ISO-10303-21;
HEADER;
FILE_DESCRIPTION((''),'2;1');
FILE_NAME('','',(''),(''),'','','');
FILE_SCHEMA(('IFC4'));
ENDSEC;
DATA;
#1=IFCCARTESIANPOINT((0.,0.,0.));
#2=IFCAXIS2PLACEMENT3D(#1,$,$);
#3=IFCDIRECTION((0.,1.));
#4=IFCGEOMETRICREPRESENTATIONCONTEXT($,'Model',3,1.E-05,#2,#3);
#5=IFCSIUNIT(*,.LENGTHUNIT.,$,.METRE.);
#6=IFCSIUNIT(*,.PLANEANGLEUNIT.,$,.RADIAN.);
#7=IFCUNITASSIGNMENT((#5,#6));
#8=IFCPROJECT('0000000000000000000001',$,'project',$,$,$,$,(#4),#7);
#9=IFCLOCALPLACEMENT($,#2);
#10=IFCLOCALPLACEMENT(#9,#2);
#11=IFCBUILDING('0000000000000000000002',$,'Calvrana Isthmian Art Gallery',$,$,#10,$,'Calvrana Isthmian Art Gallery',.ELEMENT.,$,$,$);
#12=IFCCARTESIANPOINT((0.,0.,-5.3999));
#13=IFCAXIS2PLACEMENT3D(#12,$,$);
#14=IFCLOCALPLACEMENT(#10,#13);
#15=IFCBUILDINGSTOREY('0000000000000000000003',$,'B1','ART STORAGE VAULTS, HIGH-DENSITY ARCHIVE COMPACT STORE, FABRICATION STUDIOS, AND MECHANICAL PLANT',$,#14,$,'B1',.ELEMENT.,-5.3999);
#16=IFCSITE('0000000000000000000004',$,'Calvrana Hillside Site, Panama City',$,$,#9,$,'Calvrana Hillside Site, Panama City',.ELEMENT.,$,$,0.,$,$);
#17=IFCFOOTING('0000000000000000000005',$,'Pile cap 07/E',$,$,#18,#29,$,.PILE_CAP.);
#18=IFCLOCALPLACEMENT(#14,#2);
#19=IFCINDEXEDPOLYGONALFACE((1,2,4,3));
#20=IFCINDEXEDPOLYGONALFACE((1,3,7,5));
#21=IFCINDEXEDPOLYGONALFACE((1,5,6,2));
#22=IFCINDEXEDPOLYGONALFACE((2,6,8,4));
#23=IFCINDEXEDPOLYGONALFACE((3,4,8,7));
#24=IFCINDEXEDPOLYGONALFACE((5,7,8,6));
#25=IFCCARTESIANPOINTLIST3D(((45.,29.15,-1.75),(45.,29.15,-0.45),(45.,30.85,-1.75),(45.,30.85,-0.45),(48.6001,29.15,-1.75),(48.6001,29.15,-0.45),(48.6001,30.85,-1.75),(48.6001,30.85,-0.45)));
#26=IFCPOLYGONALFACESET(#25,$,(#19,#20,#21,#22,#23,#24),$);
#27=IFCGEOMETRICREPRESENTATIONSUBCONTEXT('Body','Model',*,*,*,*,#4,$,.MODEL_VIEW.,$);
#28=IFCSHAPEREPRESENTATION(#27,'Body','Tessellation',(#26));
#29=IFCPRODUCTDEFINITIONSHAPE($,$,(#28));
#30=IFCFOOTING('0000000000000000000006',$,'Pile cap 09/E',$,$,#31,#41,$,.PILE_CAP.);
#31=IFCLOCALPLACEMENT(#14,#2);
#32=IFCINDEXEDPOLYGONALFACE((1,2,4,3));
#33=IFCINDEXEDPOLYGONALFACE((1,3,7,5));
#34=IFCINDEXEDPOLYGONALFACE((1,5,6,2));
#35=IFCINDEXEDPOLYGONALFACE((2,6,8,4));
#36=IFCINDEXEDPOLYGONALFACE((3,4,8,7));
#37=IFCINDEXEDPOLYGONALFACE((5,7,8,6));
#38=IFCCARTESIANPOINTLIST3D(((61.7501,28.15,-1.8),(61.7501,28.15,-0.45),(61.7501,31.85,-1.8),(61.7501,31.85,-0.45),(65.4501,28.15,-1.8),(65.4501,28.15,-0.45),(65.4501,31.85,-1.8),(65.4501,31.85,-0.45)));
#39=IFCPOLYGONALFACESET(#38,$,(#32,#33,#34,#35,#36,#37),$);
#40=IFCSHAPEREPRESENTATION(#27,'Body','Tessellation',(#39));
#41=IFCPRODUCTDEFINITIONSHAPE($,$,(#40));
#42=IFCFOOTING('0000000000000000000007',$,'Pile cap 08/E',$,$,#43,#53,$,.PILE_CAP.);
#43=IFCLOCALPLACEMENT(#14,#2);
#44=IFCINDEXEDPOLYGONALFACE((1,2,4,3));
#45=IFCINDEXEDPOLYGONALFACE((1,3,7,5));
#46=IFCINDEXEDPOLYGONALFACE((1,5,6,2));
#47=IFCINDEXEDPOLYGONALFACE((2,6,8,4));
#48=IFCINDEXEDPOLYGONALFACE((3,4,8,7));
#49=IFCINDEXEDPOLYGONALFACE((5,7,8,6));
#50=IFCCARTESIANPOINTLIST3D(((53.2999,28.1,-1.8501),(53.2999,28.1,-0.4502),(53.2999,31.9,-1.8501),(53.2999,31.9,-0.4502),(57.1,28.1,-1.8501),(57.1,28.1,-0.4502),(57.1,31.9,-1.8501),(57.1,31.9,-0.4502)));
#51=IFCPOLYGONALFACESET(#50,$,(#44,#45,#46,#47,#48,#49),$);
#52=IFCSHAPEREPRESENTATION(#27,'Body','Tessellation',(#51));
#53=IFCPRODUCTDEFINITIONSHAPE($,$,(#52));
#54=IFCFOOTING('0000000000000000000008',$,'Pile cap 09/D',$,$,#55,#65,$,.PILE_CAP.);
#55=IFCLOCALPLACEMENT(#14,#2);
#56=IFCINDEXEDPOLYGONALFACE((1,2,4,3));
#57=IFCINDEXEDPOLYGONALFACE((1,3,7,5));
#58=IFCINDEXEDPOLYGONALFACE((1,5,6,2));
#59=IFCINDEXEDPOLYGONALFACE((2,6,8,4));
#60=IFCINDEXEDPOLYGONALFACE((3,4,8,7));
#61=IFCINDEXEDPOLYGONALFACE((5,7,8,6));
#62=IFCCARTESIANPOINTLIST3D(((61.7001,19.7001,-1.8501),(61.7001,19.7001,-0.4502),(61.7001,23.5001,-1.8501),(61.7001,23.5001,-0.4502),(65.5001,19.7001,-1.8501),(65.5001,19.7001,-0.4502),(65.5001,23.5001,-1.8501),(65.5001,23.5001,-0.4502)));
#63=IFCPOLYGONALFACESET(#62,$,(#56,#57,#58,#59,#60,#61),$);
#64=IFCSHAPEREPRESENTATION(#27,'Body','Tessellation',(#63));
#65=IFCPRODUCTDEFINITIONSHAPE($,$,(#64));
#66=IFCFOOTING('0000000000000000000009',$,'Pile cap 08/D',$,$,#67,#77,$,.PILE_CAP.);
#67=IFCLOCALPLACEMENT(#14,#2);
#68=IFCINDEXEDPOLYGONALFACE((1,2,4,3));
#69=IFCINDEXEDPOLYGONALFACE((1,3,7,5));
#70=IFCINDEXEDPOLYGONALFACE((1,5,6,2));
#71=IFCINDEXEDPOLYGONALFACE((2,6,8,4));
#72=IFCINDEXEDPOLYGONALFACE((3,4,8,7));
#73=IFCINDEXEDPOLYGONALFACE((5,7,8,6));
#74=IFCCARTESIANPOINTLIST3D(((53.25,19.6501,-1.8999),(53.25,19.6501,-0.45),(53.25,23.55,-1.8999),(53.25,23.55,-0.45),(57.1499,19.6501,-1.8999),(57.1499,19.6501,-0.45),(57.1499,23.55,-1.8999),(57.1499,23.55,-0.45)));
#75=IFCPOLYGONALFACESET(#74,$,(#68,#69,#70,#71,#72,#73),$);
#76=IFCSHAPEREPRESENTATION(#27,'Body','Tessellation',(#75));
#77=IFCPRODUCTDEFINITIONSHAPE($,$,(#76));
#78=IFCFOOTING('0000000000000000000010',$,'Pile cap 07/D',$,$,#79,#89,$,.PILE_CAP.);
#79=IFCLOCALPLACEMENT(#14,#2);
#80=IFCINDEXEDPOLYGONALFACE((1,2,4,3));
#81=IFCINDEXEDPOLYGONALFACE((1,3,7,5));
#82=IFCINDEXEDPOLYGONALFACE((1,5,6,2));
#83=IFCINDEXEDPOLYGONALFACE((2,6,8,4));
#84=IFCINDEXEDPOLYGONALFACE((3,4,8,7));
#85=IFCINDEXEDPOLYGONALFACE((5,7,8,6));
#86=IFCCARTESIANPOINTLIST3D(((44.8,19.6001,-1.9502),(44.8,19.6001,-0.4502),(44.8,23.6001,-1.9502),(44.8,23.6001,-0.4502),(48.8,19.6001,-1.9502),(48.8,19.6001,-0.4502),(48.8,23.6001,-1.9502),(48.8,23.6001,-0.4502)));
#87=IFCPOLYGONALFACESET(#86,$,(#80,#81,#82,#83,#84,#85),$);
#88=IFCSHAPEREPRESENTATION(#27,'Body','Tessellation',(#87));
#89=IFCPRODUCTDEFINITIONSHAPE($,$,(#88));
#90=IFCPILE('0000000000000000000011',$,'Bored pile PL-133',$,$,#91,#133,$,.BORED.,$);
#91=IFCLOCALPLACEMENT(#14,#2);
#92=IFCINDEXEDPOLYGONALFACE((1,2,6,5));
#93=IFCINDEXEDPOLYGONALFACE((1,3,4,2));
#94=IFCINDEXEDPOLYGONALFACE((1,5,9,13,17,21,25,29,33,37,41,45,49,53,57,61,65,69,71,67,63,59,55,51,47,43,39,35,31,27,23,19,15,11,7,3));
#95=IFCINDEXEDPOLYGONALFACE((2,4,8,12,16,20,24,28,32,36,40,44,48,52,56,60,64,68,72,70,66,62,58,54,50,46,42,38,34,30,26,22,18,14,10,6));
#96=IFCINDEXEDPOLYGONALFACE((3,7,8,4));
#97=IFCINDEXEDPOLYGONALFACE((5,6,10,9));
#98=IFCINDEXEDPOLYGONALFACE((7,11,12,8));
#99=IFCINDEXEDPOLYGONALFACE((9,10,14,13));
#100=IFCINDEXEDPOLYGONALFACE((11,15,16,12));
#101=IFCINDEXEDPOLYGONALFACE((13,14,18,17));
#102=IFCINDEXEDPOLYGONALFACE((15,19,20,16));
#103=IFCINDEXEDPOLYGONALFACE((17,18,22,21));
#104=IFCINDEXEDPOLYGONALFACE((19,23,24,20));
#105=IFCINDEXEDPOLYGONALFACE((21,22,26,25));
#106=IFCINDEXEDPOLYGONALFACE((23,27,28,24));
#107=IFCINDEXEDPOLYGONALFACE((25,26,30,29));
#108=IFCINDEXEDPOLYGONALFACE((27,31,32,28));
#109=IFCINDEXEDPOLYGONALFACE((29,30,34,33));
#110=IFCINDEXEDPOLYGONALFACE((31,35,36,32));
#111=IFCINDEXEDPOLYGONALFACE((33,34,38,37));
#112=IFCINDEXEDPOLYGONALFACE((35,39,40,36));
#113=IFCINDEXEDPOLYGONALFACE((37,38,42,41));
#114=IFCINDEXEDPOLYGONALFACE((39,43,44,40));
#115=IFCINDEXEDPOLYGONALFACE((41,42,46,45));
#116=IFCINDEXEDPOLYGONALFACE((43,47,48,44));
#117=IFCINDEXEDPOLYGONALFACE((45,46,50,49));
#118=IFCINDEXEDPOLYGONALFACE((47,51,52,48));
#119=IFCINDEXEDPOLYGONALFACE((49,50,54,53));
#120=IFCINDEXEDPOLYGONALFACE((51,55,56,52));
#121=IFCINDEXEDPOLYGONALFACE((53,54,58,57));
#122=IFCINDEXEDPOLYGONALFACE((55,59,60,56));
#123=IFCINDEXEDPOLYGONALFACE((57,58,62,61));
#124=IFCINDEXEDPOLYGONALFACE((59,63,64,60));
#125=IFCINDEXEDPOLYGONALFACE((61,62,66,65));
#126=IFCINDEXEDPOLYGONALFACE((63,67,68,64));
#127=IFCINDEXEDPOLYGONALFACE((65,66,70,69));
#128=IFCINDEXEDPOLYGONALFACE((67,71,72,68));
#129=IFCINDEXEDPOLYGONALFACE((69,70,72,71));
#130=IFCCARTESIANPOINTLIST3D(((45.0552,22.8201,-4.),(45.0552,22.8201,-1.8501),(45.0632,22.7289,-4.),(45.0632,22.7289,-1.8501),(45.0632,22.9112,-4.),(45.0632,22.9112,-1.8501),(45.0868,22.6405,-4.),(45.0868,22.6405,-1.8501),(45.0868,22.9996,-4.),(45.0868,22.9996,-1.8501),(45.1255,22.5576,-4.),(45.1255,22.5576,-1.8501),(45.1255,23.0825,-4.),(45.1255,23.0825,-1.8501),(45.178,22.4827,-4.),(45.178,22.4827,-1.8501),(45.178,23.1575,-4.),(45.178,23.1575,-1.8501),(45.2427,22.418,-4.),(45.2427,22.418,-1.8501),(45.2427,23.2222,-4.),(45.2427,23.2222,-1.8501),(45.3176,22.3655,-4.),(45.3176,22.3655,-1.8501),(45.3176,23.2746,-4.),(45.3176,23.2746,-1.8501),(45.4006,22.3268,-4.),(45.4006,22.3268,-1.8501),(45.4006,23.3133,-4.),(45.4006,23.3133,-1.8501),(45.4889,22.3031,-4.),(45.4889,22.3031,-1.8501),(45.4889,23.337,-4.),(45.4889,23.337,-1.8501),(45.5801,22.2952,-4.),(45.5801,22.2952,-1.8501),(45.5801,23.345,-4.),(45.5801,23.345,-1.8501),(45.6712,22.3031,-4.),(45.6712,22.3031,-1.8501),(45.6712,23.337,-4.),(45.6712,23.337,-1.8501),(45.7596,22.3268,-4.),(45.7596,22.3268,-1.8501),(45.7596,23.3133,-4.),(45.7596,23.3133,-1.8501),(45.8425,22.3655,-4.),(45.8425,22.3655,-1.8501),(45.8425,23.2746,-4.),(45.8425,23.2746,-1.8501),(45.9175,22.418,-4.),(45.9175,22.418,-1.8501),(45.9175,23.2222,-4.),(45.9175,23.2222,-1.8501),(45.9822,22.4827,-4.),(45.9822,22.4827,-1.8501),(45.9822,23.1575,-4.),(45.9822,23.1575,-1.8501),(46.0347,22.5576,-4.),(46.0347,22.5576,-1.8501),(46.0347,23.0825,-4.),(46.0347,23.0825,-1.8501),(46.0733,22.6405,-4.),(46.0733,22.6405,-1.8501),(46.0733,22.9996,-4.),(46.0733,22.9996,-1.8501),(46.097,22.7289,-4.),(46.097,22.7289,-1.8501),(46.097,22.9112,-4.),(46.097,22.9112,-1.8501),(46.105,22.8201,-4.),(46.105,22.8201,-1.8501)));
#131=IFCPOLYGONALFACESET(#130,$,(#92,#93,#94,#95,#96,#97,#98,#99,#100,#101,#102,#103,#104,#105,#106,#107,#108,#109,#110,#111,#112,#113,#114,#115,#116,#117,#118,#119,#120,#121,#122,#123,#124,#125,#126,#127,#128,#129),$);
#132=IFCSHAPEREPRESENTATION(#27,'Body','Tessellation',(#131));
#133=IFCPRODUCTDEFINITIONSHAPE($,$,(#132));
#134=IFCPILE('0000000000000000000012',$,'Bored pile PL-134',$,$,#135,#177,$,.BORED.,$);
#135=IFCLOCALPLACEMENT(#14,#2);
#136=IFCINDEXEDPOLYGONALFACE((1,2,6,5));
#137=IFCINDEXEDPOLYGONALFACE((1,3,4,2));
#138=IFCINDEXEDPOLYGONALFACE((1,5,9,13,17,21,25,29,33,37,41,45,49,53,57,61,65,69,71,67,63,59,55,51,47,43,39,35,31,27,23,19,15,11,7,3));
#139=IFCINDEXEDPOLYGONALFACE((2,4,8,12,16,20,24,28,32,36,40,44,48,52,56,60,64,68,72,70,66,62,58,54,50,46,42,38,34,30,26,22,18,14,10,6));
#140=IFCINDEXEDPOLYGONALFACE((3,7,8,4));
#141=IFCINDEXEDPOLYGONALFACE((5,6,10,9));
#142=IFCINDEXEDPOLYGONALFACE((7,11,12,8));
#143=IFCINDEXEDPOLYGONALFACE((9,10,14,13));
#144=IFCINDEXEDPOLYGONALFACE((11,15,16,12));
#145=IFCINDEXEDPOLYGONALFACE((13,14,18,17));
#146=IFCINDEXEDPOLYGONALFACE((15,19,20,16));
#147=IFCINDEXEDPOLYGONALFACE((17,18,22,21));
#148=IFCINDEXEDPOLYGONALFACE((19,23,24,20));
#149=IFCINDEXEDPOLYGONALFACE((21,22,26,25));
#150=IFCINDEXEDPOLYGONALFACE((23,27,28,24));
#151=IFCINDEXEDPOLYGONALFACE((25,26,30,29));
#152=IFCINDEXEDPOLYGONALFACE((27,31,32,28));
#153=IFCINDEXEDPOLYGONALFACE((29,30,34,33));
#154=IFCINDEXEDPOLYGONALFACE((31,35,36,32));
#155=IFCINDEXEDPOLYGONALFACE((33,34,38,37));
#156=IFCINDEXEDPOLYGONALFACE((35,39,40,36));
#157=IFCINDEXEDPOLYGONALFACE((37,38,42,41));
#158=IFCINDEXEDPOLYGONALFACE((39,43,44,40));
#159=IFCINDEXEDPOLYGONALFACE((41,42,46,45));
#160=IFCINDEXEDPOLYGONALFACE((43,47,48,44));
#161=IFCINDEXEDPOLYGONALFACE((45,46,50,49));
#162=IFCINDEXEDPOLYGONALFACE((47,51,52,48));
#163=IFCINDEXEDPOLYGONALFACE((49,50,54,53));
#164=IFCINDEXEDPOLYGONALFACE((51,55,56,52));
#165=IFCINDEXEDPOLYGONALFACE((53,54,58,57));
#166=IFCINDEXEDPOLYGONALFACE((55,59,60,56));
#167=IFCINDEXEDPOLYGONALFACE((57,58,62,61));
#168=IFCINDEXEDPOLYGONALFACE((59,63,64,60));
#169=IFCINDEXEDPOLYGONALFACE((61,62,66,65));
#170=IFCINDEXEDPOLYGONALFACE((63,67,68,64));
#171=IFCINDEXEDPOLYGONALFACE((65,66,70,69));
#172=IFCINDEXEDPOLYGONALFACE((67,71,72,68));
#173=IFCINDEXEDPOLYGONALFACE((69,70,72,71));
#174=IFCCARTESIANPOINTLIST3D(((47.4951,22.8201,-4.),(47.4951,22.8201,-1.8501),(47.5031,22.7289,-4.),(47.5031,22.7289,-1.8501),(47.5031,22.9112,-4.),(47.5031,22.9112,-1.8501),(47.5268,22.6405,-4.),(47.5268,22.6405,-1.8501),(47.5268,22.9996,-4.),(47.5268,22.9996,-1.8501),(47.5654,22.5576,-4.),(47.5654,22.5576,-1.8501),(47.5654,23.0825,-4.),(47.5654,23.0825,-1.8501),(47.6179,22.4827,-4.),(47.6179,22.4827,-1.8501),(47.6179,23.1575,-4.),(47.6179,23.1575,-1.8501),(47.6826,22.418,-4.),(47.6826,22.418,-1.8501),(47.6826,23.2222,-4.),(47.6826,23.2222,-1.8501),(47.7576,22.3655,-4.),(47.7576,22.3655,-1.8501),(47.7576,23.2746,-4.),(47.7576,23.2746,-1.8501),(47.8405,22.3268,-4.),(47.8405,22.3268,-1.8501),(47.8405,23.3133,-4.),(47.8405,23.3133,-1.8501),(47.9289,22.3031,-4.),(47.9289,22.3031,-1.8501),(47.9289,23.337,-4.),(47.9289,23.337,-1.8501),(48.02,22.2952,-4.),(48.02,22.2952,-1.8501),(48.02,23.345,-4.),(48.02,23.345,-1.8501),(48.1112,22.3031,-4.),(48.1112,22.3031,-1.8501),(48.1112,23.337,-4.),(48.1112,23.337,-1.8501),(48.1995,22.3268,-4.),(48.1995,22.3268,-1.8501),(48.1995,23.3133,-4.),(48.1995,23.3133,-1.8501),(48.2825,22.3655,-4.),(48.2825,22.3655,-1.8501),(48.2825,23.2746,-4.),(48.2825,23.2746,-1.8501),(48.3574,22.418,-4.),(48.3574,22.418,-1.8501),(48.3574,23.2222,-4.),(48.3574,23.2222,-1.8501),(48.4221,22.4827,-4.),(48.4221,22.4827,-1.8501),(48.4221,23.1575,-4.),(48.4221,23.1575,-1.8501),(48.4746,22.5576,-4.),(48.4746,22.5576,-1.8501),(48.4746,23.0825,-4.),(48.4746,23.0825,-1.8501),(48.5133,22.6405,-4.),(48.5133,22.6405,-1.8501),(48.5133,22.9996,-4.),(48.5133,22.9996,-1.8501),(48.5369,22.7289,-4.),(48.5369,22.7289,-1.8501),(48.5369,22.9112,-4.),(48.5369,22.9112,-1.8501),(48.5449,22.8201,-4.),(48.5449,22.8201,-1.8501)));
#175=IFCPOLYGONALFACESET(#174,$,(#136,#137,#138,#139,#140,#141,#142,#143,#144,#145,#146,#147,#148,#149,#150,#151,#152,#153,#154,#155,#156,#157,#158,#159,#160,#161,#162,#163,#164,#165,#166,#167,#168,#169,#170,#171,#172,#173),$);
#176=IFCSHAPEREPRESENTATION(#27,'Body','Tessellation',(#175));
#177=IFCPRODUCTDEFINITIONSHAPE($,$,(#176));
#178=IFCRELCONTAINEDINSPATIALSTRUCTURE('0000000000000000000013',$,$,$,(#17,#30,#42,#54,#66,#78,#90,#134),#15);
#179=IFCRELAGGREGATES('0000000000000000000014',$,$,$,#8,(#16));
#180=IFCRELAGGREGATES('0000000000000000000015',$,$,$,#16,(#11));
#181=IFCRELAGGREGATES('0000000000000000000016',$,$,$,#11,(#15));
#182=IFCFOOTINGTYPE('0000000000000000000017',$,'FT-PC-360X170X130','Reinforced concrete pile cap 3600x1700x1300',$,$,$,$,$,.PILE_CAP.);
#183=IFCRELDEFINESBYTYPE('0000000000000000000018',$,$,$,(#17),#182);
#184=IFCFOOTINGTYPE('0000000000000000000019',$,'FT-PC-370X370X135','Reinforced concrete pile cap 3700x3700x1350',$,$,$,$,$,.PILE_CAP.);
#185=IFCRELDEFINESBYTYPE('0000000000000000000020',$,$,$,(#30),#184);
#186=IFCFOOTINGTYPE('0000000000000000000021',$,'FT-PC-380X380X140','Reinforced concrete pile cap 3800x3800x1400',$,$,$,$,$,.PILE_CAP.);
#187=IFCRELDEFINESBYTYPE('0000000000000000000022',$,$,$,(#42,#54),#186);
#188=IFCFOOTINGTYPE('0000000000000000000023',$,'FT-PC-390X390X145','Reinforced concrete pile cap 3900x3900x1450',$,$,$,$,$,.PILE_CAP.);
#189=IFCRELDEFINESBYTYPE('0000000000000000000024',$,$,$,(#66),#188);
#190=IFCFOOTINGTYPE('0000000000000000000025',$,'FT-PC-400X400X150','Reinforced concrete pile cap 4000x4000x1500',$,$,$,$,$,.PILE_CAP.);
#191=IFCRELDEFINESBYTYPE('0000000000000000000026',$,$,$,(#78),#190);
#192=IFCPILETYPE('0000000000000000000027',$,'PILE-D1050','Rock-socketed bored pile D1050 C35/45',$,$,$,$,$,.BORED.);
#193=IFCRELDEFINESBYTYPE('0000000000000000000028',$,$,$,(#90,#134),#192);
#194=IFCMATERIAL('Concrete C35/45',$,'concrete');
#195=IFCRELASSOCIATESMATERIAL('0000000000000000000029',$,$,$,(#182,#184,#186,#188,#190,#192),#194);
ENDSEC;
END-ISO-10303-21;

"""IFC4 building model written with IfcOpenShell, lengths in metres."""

from ifc_helpers import new_model, si_unit, direction, frame, origin, origin_2d, place, context, subcontext, project, spatial, rectangle, circle, extrude, material, material_profile, profile_set, type_object, element, save


model = new_model("IFC4")

# Units and contexts
model_context = context("Model", 3, precision=1e-05, world=origin(), true_north=direction((0.0, 1.0)))
body_context = subcontext(model_context, "Body", "Model", "MODEL_VIEW")
ifc_project = project(units=[si_unit("LENGTHUNIT", "METRE"), si_unit("PLANEANGLEUNIT", "RADIAN")], contexts=[model_context])

# Site, building, storey
site_placement = place(None, origin())
site = spatial("IfcSite", under=ifc_project, at=site_placement, Name="Calvrana Hillside Site, Panama City", LongName="Calvrana Hillside Site, Panama City", CompositionType="ELEMENT", RefElevation=0.0)
building_placement = place(site_placement, origin())
building = spatial("IfcBuilding", under=site, at=building_placement, Name="Calvrana Isthmian Art Gallery", LongName="Calvrana Isthmian Art Gallery", CompositionType="ELEMENT")
storey_placement = place(building_placement, frame((0.0, 0.0, -5.3999)))
storey = spatial("IfcBuildingStorey", under=building, at=storey_placement, Name="B1", Description="ART STORAGE VAULTS, HIGH-DENSITY ARCHIVE COMPACT STORE, FABRICATION STUDIOS, AND MECHANICAL PLANT", LongName="B1", CompositionType="ELEMENT", Elevation=-5.3999)

# Footings
ifc_material_1 = material(Name="Concrete C35/45", Category="concrete")
footing_type_1 = type_object("IfcFootingType", Name="FT-PC-360X170X130", Description="Reinforced concrete pile cap 3600x1700x1300", PredefinedType="PILE_CAP", material=ifc_material_1)
footing_1_placement = place(storey_placement, frame((46.8, 30.0, -1.75), z_axis=(0.0, 0.0, 1.0), x_axis=(1.0, 0.0, 0.0)))
element("IfcFooting", 1, at=footing_1_placement, inside=storey, type_object=footing_type_1, Name="Pile cap 07/E", PredefinedType="PILE_CAP", context=body_context, shape_type="SweptSolid", body=[
    extrude(rectangle(XDim=3.6001, YDim=1.7, at=origin_2d()), origin(), (0.0, 0.0, 1.0), 1.3),
])
footing_type_2 = type_object("IfcFootingType", Name="FT-PC-370X370X135", Description="Reinforced concrete pile cap 3700x3700x1350", PredefinedType="PILE_CAP", material=ifc_material_1)
footing_2_placement = place(storey_placement, frame((63.6001, 30.0, -1.8), z_axis=(0.0, 0.0, 1.0), x_axis=(1.0, 0.0, 0.0)))
element("IfcFooting", 2, at=footing_2_placement, inside=storey, type_object=footing_type_2, Name="Pile cap 09/E", PredefinedType="PILE_CAP", context=body_context, shape_type="SweptSolid", body=[
    extrude(rectangle(XDim=3.7, YDim=3.7, at=origin_2d()), origin(), (0.0, 0.0, 1.0), 1.3501),
])
footing_type_3 = type_object("IfcFootingType", Name="FT-PC-380X380X140", Description="Reinforced concrete pile cap 3800x3800x1400", PredefinedType="PILE_CAP", material=ifc_material_1)
for number, where, z_axis, x_axis, name in (
    (3, (55.2, 30.0, -1.8501), (0.0, 0.0, 1.0), (1.0, 0.0, 0.0), "Pile cap 08/E"),
    (4, (63.6001, 21.6001, -1.8501), (0.0, 0.0, 1.0), (1.0, 0.0, 0.0), "Pile cap 09/D"),
):
    element("IfcFooting", number, at=place(storey_placement, frame(where, z_axis=z_axis, x_axis=x_axis)), inside=storey, type_object=footing_type_3, Name=name, PredefinedType="PILE_CAP", context=body_context, shape_type="SweptSolid", body=[
        extrude(rectangle(XDim=3.8, YDim=3.8, at=origin_2d()), origin(), (0.0, 0.0, 1.0), 1.3999),
    ])
footing_type_4 = type_object("IfcFootingType", Name="FT-PC-390X390X145", Description="Reinforced concrete pile cap 3900x3900x1450", PredefinedType="PILE_CAP", material=ifc_material_1)
footing_3_placement = place(storey_placement, frame((55.2, 21.6001, -1.8999), z_axis=(0.0, 0.0, 1.0), x_axis=(1.0, 0.0, 0.0)))
element("IfcFooting", 5, at=footing_3_placement, inside=storey, type_object=footing_type_4, Name="Pile cap 08/D", PredefinedType="PILE_CAP", context=body_context, shape_type="SweptSolid", body=[
    extrude(rectangle(XDim=3.8999, YDim=3.8999, at=origin_2d()), origin(), (0.0, 0.0, 1.0), 1.45),
])
footing_type_5 = type_object("IfcFootingType", Name="FT-PC-400X400X150", Description="Reinforced concrete pile cap 4000x4000x1500", PredefinedType="PILE_CAP", material=ifc_material_1)
footing_4_placement = place(storey_placement, frame((46.8, 21.6001, -1.9502), z_axis=(0.0, 0.0, 1.0), x_axis=(1.0, 0.0, 0.0)))
element("IfcFooting", 6, at=footing_4_placement, inside=storey, type_object=footing_type_5, Name="Pile cap 07/D", PredefinedType="PILE_CAP", context=body_context, shape_type="SweptSolid", body=[
    extrude(rectangle(XDim=4.0, YDim=4.0, at=origin_2d()), origin(), (0.0, 0.0, 1.0), 1.5),
])

# Piles
ifc_material_profile_1 = material_profile(ifc_material_1, circle(Radius=0.5249, at=origin_2d()), Name="PILE1050D")
ifc_profile_set_1 = profile_set([ifc_material_profile_1], Name="Concrete C35/45")
pile_type_1 = type_object("IfcPileType", Name="PILE-D1050", Description="Rock-socketed bored pile D1050 C35/45", PredefinedType="BORED", material=ifc_profile_set_1)
for number, where, z_axis, x_axis, name in (
    (7, (45.5801, 22.8201, -1.8501), (0.0, 0.0, -1.0), (1.0, 0.0, 0.0), "Bored pile PL-133"),
    (8, (48.02, 22.8201, -1.8501), (0.0, 0.0, -1.0), (1.0, 0.0, 0.0), "Bored pile PL-134"),
):
    element("IfcPile", number, at=place(storey_placement, frame(where, z_axis=z_axis, x_axis=x_axis)), inside=storey, type_object=pile_type_1, Name=name, PredefinedType="BORED", context=body_context, shape_type="SweptSolid", body=[
        extrude(circle(Radius=0.5249, at=origin_2d()), origin(), (0.0, 0.0, 1.0), 2.1499),
    ])

save(model, "model.ifc")
